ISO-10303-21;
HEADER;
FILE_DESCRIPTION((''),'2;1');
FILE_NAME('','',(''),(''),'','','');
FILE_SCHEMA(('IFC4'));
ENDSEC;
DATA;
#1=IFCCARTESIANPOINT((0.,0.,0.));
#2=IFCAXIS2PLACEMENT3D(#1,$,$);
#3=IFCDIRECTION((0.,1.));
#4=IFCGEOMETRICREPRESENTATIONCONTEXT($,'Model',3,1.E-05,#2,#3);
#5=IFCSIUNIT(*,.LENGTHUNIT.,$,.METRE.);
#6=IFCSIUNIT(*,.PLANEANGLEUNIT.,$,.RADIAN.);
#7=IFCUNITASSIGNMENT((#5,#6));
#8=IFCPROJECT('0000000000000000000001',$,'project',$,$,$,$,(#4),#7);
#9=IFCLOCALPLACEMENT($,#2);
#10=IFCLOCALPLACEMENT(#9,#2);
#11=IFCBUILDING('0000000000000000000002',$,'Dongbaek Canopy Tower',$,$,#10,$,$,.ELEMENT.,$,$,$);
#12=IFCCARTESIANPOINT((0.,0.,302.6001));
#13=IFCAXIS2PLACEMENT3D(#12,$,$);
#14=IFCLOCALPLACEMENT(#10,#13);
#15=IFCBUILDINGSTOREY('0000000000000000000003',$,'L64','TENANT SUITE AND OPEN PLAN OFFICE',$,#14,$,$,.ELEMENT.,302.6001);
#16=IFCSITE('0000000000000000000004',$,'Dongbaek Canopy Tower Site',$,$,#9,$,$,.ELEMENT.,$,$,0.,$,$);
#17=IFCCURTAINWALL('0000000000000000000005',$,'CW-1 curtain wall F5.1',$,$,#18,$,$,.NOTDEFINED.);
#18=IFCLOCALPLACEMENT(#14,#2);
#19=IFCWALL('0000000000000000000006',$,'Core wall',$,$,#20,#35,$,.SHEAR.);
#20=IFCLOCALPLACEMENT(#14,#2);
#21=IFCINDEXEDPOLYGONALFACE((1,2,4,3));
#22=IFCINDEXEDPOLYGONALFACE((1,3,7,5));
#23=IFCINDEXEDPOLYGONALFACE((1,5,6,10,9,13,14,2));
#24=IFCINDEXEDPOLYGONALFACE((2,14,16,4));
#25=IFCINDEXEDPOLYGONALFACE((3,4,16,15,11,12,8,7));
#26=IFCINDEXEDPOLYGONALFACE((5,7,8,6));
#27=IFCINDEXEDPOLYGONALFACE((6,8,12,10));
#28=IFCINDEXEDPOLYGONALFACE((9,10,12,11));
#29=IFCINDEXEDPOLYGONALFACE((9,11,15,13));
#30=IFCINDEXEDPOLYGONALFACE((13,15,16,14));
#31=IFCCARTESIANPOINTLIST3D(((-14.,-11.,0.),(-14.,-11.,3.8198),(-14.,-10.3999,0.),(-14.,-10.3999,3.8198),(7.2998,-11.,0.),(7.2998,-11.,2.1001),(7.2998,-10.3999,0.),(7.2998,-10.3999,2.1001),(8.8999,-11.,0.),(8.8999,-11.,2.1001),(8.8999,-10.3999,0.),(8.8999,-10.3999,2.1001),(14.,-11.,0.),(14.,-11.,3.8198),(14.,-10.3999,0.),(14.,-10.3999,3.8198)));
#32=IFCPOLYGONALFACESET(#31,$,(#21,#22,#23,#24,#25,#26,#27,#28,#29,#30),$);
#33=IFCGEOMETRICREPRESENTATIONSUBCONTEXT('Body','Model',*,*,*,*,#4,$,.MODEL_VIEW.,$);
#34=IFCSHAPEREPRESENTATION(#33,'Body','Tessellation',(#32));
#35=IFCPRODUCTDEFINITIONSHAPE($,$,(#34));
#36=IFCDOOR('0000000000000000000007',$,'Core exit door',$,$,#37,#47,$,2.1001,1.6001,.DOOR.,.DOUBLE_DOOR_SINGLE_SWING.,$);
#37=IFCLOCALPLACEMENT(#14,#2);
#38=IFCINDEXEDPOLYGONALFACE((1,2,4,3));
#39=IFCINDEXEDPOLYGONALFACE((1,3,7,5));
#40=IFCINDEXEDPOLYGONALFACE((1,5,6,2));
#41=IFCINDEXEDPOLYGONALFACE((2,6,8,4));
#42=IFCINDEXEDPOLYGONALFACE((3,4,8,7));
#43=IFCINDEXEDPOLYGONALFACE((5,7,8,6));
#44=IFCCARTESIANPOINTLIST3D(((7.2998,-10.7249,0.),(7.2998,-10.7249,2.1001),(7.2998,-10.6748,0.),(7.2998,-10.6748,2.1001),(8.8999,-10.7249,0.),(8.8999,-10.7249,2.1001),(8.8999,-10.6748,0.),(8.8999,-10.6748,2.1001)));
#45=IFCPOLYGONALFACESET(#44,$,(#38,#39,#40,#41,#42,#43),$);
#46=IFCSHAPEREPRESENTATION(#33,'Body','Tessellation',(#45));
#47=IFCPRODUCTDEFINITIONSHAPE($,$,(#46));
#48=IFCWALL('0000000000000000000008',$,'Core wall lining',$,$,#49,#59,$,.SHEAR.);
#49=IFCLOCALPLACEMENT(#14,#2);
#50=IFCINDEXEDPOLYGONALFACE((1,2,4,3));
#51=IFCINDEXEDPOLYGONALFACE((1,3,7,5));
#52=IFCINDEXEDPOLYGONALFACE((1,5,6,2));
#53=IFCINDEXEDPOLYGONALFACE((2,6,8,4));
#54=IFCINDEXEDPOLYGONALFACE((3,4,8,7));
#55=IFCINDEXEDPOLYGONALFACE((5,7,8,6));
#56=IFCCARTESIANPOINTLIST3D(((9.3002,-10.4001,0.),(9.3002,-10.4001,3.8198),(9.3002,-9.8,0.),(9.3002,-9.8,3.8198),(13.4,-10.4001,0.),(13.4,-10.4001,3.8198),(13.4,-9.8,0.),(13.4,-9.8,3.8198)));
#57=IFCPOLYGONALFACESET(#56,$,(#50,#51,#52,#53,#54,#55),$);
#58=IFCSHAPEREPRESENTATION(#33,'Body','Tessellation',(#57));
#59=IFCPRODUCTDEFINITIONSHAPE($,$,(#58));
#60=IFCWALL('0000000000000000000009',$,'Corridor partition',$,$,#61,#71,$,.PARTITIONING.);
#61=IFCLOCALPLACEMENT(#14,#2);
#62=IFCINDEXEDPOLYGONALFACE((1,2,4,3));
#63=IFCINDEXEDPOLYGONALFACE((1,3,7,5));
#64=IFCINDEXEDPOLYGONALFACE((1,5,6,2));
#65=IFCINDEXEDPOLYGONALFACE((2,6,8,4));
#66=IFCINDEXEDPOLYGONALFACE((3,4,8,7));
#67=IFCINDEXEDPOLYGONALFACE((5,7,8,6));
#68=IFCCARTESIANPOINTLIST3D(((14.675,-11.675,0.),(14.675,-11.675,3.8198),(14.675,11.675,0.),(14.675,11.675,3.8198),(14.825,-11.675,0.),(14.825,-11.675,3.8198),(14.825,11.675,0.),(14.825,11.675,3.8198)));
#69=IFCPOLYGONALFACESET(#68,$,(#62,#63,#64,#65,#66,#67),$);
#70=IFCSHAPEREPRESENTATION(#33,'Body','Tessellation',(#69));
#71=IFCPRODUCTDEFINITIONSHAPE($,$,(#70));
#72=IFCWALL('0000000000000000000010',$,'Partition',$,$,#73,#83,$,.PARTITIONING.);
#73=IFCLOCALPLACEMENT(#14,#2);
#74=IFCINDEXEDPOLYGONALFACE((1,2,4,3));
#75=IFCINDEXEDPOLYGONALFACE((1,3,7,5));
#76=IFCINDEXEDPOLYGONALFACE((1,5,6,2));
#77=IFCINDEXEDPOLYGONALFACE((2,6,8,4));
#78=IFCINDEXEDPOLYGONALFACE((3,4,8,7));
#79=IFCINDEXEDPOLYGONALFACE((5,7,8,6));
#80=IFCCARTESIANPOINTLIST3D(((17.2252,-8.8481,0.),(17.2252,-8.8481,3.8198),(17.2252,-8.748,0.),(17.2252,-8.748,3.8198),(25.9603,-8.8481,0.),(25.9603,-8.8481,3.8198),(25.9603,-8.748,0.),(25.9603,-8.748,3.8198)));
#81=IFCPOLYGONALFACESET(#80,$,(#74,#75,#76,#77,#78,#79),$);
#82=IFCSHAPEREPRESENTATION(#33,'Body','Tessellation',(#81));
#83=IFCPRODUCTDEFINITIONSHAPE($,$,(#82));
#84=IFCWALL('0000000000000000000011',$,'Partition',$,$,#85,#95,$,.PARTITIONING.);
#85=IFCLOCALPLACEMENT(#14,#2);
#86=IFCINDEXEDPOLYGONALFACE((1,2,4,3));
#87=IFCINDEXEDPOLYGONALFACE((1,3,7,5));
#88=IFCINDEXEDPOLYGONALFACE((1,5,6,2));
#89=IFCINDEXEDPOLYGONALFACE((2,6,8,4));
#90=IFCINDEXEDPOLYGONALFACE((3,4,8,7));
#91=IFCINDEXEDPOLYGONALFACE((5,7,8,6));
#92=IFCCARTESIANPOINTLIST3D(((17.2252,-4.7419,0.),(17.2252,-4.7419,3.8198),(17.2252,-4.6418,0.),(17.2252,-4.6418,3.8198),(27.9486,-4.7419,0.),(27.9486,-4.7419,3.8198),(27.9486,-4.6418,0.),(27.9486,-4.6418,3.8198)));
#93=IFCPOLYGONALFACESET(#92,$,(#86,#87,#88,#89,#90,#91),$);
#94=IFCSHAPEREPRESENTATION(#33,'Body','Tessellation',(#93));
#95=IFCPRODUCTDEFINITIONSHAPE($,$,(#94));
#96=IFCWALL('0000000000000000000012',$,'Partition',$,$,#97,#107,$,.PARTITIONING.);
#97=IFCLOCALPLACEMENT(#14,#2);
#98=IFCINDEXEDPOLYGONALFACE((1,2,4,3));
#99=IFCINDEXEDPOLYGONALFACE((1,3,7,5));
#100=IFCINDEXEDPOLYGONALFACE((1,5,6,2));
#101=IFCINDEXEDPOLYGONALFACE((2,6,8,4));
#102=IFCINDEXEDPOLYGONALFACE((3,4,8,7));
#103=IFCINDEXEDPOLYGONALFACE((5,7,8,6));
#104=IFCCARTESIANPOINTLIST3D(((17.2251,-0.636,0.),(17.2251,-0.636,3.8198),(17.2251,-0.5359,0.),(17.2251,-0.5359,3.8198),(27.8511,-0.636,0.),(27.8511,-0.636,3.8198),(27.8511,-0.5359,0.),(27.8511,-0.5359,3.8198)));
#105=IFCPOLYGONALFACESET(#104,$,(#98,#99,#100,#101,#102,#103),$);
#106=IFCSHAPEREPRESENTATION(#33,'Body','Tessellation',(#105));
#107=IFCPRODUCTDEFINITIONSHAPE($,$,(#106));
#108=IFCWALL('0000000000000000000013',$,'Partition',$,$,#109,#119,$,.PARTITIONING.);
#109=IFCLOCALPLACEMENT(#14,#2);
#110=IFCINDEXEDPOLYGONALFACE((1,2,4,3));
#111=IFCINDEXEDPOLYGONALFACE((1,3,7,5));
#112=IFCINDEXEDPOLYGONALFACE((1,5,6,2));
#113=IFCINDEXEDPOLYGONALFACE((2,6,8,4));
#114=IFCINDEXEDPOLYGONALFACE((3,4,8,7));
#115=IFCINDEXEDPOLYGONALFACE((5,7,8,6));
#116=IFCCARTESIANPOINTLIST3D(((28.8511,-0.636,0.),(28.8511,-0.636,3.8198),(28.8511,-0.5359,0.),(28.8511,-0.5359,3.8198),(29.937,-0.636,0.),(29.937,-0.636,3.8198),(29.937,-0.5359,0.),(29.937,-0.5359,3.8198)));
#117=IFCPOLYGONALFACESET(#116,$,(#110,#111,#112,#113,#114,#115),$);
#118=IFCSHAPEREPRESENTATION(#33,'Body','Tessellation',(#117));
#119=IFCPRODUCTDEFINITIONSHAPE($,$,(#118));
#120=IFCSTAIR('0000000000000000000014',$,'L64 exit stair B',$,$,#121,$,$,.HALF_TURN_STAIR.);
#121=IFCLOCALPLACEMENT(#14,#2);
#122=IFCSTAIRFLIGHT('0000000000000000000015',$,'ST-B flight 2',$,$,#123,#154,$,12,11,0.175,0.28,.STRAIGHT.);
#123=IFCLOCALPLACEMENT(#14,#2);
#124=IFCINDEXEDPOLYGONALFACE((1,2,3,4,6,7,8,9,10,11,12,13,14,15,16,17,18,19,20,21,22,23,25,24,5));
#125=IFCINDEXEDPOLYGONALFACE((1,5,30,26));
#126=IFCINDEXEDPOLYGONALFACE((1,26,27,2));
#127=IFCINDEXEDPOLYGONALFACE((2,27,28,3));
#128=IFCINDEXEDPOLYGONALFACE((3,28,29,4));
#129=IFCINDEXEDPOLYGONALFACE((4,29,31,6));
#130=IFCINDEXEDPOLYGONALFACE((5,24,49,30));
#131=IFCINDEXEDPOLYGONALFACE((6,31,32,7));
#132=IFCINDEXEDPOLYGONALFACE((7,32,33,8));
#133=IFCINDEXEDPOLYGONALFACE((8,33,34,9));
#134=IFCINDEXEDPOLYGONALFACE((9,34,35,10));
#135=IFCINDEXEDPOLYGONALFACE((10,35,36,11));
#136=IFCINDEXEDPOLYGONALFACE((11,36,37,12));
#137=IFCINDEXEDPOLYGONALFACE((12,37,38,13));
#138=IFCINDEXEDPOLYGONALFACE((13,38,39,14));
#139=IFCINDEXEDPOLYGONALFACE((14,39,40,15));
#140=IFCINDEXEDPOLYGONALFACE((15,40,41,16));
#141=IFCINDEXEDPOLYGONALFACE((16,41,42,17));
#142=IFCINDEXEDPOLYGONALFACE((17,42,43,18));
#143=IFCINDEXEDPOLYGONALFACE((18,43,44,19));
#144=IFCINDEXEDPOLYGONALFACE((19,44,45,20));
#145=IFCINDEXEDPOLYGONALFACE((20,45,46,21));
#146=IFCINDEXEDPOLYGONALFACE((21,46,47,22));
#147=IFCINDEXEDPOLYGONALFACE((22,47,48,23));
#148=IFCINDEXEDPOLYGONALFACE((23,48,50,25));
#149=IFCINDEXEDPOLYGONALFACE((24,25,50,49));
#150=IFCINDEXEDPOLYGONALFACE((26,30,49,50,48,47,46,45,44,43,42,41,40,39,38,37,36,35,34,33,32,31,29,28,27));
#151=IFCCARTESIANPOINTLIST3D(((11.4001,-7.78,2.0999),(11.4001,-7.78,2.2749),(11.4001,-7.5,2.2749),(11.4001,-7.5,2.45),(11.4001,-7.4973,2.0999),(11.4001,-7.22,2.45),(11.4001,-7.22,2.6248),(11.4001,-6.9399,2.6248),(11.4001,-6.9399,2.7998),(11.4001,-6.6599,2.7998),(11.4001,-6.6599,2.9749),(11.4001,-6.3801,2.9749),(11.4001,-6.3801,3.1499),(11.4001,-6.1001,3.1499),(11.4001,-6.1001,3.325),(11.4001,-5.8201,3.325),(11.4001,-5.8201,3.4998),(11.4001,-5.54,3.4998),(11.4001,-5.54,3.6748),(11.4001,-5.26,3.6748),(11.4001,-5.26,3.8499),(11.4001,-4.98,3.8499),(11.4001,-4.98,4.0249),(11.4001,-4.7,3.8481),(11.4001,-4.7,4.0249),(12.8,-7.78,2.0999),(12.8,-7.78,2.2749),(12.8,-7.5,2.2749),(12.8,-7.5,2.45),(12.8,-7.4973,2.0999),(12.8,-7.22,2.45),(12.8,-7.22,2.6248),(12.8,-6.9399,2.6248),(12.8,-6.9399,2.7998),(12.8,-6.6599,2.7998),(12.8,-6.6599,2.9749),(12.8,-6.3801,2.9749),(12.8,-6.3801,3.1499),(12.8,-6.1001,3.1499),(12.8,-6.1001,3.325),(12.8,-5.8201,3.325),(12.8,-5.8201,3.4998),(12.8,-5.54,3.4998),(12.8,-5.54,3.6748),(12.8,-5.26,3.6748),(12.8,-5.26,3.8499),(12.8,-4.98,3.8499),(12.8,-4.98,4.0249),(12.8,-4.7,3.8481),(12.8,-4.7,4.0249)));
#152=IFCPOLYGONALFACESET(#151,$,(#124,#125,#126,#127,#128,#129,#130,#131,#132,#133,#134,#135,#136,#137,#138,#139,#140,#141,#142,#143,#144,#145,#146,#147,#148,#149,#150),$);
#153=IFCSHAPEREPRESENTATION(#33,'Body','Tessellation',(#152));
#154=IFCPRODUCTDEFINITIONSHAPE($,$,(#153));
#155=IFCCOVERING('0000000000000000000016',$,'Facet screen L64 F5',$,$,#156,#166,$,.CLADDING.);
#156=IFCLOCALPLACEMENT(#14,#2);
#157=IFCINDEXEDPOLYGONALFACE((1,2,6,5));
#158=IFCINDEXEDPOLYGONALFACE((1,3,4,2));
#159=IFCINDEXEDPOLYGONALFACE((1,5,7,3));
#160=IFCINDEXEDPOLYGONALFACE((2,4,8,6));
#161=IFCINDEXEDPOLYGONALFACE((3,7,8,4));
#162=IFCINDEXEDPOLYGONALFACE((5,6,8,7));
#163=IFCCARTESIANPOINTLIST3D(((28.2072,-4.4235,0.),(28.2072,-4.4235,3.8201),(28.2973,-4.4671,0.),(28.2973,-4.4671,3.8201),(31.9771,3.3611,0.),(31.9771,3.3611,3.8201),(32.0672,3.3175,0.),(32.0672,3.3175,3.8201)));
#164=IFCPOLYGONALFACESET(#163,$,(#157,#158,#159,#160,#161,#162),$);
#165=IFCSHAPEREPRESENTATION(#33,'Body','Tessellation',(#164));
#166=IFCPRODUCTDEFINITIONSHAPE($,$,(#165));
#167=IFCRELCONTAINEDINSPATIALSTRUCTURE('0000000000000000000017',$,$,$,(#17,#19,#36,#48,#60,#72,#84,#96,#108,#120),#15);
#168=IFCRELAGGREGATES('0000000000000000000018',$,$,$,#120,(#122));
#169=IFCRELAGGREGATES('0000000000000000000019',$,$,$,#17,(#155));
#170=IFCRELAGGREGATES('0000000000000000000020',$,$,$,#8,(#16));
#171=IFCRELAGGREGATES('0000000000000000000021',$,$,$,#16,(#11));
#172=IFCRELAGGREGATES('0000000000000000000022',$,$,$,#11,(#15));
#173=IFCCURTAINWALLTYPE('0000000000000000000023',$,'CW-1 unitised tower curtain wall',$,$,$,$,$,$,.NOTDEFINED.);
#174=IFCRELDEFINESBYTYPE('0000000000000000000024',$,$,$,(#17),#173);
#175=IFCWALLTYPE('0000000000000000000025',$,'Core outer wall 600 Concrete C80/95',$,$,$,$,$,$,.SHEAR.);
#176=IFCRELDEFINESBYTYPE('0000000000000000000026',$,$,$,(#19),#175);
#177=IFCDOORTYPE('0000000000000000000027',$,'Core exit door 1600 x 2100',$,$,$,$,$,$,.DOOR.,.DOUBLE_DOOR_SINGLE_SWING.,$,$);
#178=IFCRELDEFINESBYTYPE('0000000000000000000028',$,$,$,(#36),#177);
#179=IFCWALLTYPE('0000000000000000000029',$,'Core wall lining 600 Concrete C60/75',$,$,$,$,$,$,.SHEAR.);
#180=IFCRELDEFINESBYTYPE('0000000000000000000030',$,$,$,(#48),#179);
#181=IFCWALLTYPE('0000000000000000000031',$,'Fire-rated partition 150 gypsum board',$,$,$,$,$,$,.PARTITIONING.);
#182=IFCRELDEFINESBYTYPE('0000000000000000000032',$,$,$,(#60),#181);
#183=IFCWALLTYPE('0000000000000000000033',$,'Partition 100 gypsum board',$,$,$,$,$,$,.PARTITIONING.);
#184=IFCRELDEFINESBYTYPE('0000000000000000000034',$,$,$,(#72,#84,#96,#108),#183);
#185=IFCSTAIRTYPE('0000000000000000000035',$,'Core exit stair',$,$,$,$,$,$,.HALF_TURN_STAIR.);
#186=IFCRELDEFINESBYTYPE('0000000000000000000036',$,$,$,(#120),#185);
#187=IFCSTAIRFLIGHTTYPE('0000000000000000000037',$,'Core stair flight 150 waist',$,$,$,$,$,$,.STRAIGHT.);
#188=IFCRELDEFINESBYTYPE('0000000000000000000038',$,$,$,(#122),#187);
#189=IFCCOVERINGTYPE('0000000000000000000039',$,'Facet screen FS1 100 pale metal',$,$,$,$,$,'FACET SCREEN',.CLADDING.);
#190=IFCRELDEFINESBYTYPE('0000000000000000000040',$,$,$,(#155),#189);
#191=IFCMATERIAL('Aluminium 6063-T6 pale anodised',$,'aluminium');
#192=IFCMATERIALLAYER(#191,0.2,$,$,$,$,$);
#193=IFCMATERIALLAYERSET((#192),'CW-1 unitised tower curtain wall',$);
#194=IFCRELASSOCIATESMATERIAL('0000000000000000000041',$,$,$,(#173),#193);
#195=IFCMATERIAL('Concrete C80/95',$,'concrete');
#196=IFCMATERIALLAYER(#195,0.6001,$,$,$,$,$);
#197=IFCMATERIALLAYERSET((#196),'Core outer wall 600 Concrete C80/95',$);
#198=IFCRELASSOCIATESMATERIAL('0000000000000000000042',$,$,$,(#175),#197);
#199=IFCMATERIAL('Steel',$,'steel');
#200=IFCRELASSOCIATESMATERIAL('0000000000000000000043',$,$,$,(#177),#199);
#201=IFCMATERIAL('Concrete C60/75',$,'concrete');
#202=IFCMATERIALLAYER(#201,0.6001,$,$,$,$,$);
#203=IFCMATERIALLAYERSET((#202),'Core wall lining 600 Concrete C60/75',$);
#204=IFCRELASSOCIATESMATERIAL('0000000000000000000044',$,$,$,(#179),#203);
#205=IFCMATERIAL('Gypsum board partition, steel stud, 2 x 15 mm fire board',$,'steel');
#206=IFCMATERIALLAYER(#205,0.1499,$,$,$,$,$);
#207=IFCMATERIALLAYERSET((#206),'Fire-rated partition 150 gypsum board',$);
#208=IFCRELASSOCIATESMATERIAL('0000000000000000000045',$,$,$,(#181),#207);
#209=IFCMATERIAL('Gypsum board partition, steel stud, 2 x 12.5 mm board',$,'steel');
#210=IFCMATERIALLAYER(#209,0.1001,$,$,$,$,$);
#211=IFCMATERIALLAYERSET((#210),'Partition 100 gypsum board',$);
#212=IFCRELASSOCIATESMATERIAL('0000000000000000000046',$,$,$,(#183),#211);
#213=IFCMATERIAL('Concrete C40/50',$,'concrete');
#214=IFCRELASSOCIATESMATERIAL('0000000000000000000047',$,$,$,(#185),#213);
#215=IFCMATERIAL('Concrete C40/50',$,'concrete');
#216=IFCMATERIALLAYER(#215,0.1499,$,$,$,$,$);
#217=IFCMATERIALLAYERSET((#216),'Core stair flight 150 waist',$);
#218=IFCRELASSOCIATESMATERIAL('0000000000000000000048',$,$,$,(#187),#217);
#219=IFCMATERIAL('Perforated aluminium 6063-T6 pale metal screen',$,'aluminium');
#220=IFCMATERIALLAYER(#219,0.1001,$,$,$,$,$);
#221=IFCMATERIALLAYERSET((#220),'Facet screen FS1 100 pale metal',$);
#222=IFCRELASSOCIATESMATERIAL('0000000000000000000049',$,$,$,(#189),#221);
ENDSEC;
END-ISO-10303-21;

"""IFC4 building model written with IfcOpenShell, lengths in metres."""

from ifc_helpers import new_model, si_unit, direction, frame, frame_2d, origin, origin_2d, place, context, subcontext, project, spatial, polyline, rectangle, outline, extrude, material, layer, layer_set, type_object, element, fill, aggregate, save


model = new_model("IFC4")

# Units and contexts
model_context = context("Model", 3, precision=1e-05, world=origin(), true_north=direction((0.0, 1.0)))
body_context = subcontext(model_context, "Body", "Model", "MODEL_VIEW")
ifc_project = project(units=[si_unit("LENGTHUNIT", "METRE"), si_unit("PLANEANGLEUNIT", "RADIAN")], contexts=[model_context])

# Site, building, storey
site_placement = place(None, origin())
site = spatial("IfcSite", under=ifc_project, at=site_placement, Name="Dongbaek Canopy Tower Site", CompositionType="ELEMENT", RefElevation=0.0)
building_placement = place(site_placement, origin())
building = spatial("IfcBuilding", under=site, at=building_placement, Name="Dongbaek Canopy Tower", CompositionType="ELEMENT")
storey_placement = place(building_placement, frame((0.0, 0.0, 302.6001)))
storey = spatial("IfcBuildingStorey", under=building, at=storey_placement, Name="L64", Description="TENANT SUITE AND OPEN PLAN OFFICE", CompositionType="ELEMENT", Elevation=302.6001)

# Curtain wall
ifc_material_1 = material(Name="Aluminium 6063-T6 pale anodised", Category="aluminium")
ifc_layer_1 = layer(ifc_material_1, 0.2)
ifc_layer_set_1 = layer_set([ifc_layer_1], Name="CW-1 unitised tower curtain wall")
curtain_wall_type = type_object("IfcCurtainWallType", Name="CW-1 unitised tower curtain wall", PredefinedType="NOTDEFINED", material=ifc_layer_set_1)
curtain_wall_placement = place(storey_placement, origin())
curtain_wall = element("IfcCurtainWall", 1, at=curtain_wall_placement, inside=storey, type_object=curtain_wall_type, Name="CW-1 curtain wall F5.1", PredefinedType="NOTDEFINED")

# Wall, opening, door
ifc_material_2 = material(Name="Concrete C80/95", Category="concrete")
ifc_layer_2 = layer(ifc_material_2, 0.6001)
ifc_layer_set_2 = layer_set([ifc_layer_2], Name="Core outer wall 600 Concrete C80/95")
wall_type_1 = type_object("IfcWallType", Name="Core outer wall 600 Concrete C80/95", PredefinedType="SHEAR", material=ifc_layer_set_2)
wall_1_placement = place(storey_placement, frame((14.0, -10.7, 0.0), z_axis=(0.0, 0.0, 1.0), x_axis=(-1.0, 0.0, 0.0)))
wall_1 = element("IfcWall", 2, at=wall_1_placement, inside=storey, type_object=wall_type_1, Name="Core wall", PredefinedType="SHEAR", context=body_context, shape_type="SweptSolid", body=[
    extrude(rectangle(XDim=28.0, YDim=0.6001, at=frame_2d((14.0, 0.0))), origin(), (0.0, 0.0, 1.0), 3.8198),
])
opening_placement = place(wall_1_placement, frame((5.1001, 0.0, 0.0)))
opening = element("IfcOpeningElement", 3, at=opening_placement, cuts=wall_1, PredefinedType="OPENING", context=body_context, shape_type="SweptSolid", body=[
    extrude(rectangle(XDim=1.6001, YDim=2.1001, at=frame_2d((0.8, 1.05))), frame((0.0, 0.3101, 0.0), z_axis=(0.0, -1.0, 0.0), x_axis=(1.0, 0.0, 0.0)), (0.0, 0.0, 1.0), 0.6201),
])
ifc_material_3 = material(Name="Steel", Category="steel")
door_type = type_object("IfcDoorType", Name="Core exit door 1600 x 2100", OperationType="DOUBLE_DOOR_SINGLE_SWING", PredefinedType="DOOR", material=ifc_material_3)
door_placement = place(opening_placement, origin())
door = element("IfcDoor", 4, at=door_placement, inside=storey, type_object=door_type, Name="Core exit door", OperationType="DOUBLE_DOOR_SINGLE_SWING", OverallHeight=2.1001, OverallWidth=1.6001, PredefinedType="DOOR", context=body_context, shape_type="SweptSolid", body=[
    extrude(rectangle(XDim=1.6001, YDim=2.1001, at=frame_2d((0.8, 1.05))), frame((0.0, 0.0249, 0.0), z_axis=(0.0, -1.0, 0.0), x_axis=(1.0, 0.0, 0.0)), (0.0, 0.0, 1.0), 0.05),
])
fill(opening, door)

# Walls
ifc_material_4 = material(Name="Concrete C60/75", Category="concrete")
ifc_layer_3 = layer(ifc_material_4, 0.6001)
ifc_layer_set_3 = layer_set([ifc_layer_3], Name="Core wall lining 600 Concrete C60/75")
wall_type_2 = type_object("IfcWallType", Name="Core wall lining 600 Concrete C60/75", PredefinedType="SHEAR", material=ifc_layer_set_3)
wall_2_placement = place(storey_placement, frame((13.3999, -10.1001, 0.0), z_axis=(0.0, 0.0, 1.0), x_axis=(-1.0, 0.0, 0.0)))
element("IfcWall", 5, at=wall_2_placement, inside=storey, type_object=wall_type_2, Name="Core wall lining", PredefinedType="SHEAR", context=body_context, shape_type="SweptSolid", body=[
    extrude(rectangle(XDim=4.0999, YDim=0.6001, at=frame_2d((2.0498, 0.0))), origin(), (0.0, 0.0, 1.0), 3.8198),
])
ifc_material_5 = material(Name="Gypsum board partition, steel stud, 2 x 15 mm fire board", Category="steel")
ifc_layer_4 = layer(ifc_material_5, 0.1499)
ifc_layer_set_4 = layer_set([ifc_layer_4], Name="Fire-rated partition 150 gypsum board")
wall_type_3 = type_object("IfcWallType", Name="Fire-rated partition 150 gypsum board", PredefinedType="PARTITIONING", material=ifc_layer_set_4)
wall_3_placement = place(storey_placement, frame((14.75, -11.675, 0.0), z_axis=(0.0, 0.0, 1.0), x_axis=(0.0, 1.0, 0.0)))
element("IfcWall", 6, at=wall_3_placement, inside=storey, type_object=wall_type_3, Name="Corridor partition", PredefinedType="PARTITIONING", context=body_context, shape_type="SweptSolid", body=[
    extrude(rectangle(XDim=23.3501, YDim=0.1499, at=frame_2d((11.675, 0.0))), origin(), (0.0, 0.0, 1.0), 3.8198),
])
ifc_material_6 = material(Name="Gypsum board partition, steel stud, 2 x 12.5 mm board", Category="steel")
ifc_layer_5 = layer(ifc_material_6, 0.1001)
ifc_layer_set_5 = layer_set([ifc_layer_5], Name="Partition 100 gypsum board")
wall_type_4 = type_object("IfcWallType", Name="Partition 100 gypsum board", PredefinedType="PARTITIONING", material=ifc_layer_set_5)
wall_4_placement = place(storey_placement, frame((17.2251, -8.7981, 0.0), z_axis=(0.0, 0.0, 1.0), x_axis=(1.0, 0.0, 0.0)))
element("IfcWall", 7, at=wall_4_placement, inside=storey, type_object=wall_type_4, Name="Partition", PredefinedType="PARTITIONING", context=body_context, shape_type="SweptSolid", body=[
    extrude(rectangle(XDim=8.7351, YDim=0.1001, at=frame_2d((4.3677, 0.0))), origin(), (0.0, 0.0, 1.0), 3.8198),
])
wall_5_placement = place(storey_placement, frame((17.2251, -4.6919, 0.0), z_axis=(0.0, 0.0, 1.0), x_axis=(1.0, 0.0, 0.0)))
element("IfcWall", 8, at=wall_5_placement, inside=storey, type_object=wall_type_4, Name="Partition", PredefinedType="PARTITIONING", context=body_context, shape_type="SweptSolid", body=[
    extrude(rectangle(XDim=10.7234, YDim=0.1001, at=frame_2d((5.3618, 0.0))), origin(), (0.0, 0.0, 1.0), 3.8198),
])
wall_6_placement = place(storey_placement, frame((17.2251, -0.5859, 0.0), z_axis=(0.0, 0.0, 1.0), x_axis=(1.0, 0.0, 0.0)))
element("IfcWall", 9, at=wall_6_placement, inside=storey, type_object=wall_type_4, Name="Partition", PredefinedType="PARTITIONING", context=body_context, shape_type="SweptSolid", body=[
    extrude(rectangle(XDim=10.626, YDim=0.1001, at=frame_2d((5.313, 0.0))), origin(), (0.0, 0.0, 1.0), 3.8198),
])
wall_7_placement = place(storey_placement, frame((28.8511, -0.5859, 0.0), z_axis=(0.0, 0.0, 1.0), x_axis=(1.0, 0.0, 0.0)))
element("IfcWall", 10, at=wall_7_placement, inside=storey, type_object=wall_type_4, Name="Partition", PredefinedType="PARTITIONING", context=body_context, shape_type="SweptSolid", body=[
    extrude(rectangle(XDim=1.0859, YDim=0.1001, at=frame_2d((0.543, 0.0))), origin(), (0.0, 0.0, 1.0), 3.8198),
])

# Stair, stair flight
ifc_material_7 = material(Name="Concrete C40/50", Category="concrete")
stair_type = type_object("IfcStairType", Name="Core exit stair", PredefinedType="HALF_TURN_STAIR", material=ifc_material_7)
stair_placement = place(storey_placement, origin())
stair = element("IfcStair", 11, at=stair_placement, inside=storey, type_object=stair_type, Name="L64 exit stair B", PredefinedType="HALF_TURN_STAIR")
ifc_material_8 = material(Name="Concrete C40/50", Category="concrete")
ifc_layer_6 = layer(ifc_material_8, 0.1499)
ifc_layer_set_6 = layer_set([ifc_layer_6], Name="Core stair flight 150 waist")
stair_flight_type = type_object("IfcStairFlightType", Name="Core stair flight 150 waist", PredefinedType="STRAIGHT", material=ifc_layer_set_6)
stair_flight_placement = place(storey_placement, frame((12.1001, -7.78, 2.0999), z_axis=(0.0, 0.0, 1.0), x_axis=(0.0, 1.0, 0.0)))
stair_flight = element("IfcStairFlight", 12, at=stair_flight_placement, type_object=stair_flight_type, Name="ST-B flight 2", NumberOfRisers=12, NumberOfTreads=11, PredefinedType="STRAIGHT", RiserHeight=0.175, TreadLength=0.28, context=body_context, shape_type="SweptSolid", body=[
    extrude(outline(polyline([(0.0, 0.0), (0.0, 0.175), (0.28, 0.175), (0.28, 0.3501), (0.5601, 0.3501), (0.5601, 0.5249), (0.8401, 0.5249), (0.8401, 0.7), (1.1201, 0.7), (1.1201, 0.875), (1.3999, 0.875), (1.3999, 1.05), (1.6799, 1.05), (1.6799, 1.2251), (1.96, 1.2251), (1.96, 1.3999), (2.24, 1.3999), (2.24, 1.575), (2.52, 1.575), (2.52, 1.75), (2.8, 1.75), (2.8, 1.925), (3.0801, 1.925), (3.0801, 2.1001), (3.0801, 1.7483), (0.2827, 0.0), (0.0, 0.0)])), frame((0.0, 0.7, 0.0), z_axis=(0.0, -1.0, 0.0), x_axis=(1.0, 0.0, 0.0)), (0.0, 0.0, 1.0), 1.3999),
])
aggregate(stair, [stair_flight])

# Covering
ifc_material_9 = material(Name="Perforated aluminium 6063-T6 pale metal screen", Category="aluminium")
ifc_layer_7 = layer(ifc_material_9, 0.1001)
ifc_layer_set_7 = layer_set([ifc_layer_7], Name="Facet screen FS1 100 pale metal")
covering_type = type_object("IfcCoveringType", Name="Facet screen FS1 100 pale metal", ElementType="FACET SCREEN", PredefinedType="CLADDING", material=ifc_layer_set_7)
covering_placement = place(storey_placement, frame((30.1372, -0.553, 0.0), z_axis=(0.0, 0.0, 1.0), x_axis=(0.435863, 0.900013, 0.0)))
covering = element("IfcCovering", 13, at=covering_placement, type_object=covering_type, Name="Facet screen L64 F5", PredefinedType="CLADDING", context=body_context, shape_type="SweptSolid", body=[
    extrude(rectangle(XDim=8.6494, YDim=0.1001, at=origin_2d()), origin(), (0.0, 0.0, 1.0), 3.8201),
])
aggregate(curtain_wall, [covering])

save(model, "model.ifc")
